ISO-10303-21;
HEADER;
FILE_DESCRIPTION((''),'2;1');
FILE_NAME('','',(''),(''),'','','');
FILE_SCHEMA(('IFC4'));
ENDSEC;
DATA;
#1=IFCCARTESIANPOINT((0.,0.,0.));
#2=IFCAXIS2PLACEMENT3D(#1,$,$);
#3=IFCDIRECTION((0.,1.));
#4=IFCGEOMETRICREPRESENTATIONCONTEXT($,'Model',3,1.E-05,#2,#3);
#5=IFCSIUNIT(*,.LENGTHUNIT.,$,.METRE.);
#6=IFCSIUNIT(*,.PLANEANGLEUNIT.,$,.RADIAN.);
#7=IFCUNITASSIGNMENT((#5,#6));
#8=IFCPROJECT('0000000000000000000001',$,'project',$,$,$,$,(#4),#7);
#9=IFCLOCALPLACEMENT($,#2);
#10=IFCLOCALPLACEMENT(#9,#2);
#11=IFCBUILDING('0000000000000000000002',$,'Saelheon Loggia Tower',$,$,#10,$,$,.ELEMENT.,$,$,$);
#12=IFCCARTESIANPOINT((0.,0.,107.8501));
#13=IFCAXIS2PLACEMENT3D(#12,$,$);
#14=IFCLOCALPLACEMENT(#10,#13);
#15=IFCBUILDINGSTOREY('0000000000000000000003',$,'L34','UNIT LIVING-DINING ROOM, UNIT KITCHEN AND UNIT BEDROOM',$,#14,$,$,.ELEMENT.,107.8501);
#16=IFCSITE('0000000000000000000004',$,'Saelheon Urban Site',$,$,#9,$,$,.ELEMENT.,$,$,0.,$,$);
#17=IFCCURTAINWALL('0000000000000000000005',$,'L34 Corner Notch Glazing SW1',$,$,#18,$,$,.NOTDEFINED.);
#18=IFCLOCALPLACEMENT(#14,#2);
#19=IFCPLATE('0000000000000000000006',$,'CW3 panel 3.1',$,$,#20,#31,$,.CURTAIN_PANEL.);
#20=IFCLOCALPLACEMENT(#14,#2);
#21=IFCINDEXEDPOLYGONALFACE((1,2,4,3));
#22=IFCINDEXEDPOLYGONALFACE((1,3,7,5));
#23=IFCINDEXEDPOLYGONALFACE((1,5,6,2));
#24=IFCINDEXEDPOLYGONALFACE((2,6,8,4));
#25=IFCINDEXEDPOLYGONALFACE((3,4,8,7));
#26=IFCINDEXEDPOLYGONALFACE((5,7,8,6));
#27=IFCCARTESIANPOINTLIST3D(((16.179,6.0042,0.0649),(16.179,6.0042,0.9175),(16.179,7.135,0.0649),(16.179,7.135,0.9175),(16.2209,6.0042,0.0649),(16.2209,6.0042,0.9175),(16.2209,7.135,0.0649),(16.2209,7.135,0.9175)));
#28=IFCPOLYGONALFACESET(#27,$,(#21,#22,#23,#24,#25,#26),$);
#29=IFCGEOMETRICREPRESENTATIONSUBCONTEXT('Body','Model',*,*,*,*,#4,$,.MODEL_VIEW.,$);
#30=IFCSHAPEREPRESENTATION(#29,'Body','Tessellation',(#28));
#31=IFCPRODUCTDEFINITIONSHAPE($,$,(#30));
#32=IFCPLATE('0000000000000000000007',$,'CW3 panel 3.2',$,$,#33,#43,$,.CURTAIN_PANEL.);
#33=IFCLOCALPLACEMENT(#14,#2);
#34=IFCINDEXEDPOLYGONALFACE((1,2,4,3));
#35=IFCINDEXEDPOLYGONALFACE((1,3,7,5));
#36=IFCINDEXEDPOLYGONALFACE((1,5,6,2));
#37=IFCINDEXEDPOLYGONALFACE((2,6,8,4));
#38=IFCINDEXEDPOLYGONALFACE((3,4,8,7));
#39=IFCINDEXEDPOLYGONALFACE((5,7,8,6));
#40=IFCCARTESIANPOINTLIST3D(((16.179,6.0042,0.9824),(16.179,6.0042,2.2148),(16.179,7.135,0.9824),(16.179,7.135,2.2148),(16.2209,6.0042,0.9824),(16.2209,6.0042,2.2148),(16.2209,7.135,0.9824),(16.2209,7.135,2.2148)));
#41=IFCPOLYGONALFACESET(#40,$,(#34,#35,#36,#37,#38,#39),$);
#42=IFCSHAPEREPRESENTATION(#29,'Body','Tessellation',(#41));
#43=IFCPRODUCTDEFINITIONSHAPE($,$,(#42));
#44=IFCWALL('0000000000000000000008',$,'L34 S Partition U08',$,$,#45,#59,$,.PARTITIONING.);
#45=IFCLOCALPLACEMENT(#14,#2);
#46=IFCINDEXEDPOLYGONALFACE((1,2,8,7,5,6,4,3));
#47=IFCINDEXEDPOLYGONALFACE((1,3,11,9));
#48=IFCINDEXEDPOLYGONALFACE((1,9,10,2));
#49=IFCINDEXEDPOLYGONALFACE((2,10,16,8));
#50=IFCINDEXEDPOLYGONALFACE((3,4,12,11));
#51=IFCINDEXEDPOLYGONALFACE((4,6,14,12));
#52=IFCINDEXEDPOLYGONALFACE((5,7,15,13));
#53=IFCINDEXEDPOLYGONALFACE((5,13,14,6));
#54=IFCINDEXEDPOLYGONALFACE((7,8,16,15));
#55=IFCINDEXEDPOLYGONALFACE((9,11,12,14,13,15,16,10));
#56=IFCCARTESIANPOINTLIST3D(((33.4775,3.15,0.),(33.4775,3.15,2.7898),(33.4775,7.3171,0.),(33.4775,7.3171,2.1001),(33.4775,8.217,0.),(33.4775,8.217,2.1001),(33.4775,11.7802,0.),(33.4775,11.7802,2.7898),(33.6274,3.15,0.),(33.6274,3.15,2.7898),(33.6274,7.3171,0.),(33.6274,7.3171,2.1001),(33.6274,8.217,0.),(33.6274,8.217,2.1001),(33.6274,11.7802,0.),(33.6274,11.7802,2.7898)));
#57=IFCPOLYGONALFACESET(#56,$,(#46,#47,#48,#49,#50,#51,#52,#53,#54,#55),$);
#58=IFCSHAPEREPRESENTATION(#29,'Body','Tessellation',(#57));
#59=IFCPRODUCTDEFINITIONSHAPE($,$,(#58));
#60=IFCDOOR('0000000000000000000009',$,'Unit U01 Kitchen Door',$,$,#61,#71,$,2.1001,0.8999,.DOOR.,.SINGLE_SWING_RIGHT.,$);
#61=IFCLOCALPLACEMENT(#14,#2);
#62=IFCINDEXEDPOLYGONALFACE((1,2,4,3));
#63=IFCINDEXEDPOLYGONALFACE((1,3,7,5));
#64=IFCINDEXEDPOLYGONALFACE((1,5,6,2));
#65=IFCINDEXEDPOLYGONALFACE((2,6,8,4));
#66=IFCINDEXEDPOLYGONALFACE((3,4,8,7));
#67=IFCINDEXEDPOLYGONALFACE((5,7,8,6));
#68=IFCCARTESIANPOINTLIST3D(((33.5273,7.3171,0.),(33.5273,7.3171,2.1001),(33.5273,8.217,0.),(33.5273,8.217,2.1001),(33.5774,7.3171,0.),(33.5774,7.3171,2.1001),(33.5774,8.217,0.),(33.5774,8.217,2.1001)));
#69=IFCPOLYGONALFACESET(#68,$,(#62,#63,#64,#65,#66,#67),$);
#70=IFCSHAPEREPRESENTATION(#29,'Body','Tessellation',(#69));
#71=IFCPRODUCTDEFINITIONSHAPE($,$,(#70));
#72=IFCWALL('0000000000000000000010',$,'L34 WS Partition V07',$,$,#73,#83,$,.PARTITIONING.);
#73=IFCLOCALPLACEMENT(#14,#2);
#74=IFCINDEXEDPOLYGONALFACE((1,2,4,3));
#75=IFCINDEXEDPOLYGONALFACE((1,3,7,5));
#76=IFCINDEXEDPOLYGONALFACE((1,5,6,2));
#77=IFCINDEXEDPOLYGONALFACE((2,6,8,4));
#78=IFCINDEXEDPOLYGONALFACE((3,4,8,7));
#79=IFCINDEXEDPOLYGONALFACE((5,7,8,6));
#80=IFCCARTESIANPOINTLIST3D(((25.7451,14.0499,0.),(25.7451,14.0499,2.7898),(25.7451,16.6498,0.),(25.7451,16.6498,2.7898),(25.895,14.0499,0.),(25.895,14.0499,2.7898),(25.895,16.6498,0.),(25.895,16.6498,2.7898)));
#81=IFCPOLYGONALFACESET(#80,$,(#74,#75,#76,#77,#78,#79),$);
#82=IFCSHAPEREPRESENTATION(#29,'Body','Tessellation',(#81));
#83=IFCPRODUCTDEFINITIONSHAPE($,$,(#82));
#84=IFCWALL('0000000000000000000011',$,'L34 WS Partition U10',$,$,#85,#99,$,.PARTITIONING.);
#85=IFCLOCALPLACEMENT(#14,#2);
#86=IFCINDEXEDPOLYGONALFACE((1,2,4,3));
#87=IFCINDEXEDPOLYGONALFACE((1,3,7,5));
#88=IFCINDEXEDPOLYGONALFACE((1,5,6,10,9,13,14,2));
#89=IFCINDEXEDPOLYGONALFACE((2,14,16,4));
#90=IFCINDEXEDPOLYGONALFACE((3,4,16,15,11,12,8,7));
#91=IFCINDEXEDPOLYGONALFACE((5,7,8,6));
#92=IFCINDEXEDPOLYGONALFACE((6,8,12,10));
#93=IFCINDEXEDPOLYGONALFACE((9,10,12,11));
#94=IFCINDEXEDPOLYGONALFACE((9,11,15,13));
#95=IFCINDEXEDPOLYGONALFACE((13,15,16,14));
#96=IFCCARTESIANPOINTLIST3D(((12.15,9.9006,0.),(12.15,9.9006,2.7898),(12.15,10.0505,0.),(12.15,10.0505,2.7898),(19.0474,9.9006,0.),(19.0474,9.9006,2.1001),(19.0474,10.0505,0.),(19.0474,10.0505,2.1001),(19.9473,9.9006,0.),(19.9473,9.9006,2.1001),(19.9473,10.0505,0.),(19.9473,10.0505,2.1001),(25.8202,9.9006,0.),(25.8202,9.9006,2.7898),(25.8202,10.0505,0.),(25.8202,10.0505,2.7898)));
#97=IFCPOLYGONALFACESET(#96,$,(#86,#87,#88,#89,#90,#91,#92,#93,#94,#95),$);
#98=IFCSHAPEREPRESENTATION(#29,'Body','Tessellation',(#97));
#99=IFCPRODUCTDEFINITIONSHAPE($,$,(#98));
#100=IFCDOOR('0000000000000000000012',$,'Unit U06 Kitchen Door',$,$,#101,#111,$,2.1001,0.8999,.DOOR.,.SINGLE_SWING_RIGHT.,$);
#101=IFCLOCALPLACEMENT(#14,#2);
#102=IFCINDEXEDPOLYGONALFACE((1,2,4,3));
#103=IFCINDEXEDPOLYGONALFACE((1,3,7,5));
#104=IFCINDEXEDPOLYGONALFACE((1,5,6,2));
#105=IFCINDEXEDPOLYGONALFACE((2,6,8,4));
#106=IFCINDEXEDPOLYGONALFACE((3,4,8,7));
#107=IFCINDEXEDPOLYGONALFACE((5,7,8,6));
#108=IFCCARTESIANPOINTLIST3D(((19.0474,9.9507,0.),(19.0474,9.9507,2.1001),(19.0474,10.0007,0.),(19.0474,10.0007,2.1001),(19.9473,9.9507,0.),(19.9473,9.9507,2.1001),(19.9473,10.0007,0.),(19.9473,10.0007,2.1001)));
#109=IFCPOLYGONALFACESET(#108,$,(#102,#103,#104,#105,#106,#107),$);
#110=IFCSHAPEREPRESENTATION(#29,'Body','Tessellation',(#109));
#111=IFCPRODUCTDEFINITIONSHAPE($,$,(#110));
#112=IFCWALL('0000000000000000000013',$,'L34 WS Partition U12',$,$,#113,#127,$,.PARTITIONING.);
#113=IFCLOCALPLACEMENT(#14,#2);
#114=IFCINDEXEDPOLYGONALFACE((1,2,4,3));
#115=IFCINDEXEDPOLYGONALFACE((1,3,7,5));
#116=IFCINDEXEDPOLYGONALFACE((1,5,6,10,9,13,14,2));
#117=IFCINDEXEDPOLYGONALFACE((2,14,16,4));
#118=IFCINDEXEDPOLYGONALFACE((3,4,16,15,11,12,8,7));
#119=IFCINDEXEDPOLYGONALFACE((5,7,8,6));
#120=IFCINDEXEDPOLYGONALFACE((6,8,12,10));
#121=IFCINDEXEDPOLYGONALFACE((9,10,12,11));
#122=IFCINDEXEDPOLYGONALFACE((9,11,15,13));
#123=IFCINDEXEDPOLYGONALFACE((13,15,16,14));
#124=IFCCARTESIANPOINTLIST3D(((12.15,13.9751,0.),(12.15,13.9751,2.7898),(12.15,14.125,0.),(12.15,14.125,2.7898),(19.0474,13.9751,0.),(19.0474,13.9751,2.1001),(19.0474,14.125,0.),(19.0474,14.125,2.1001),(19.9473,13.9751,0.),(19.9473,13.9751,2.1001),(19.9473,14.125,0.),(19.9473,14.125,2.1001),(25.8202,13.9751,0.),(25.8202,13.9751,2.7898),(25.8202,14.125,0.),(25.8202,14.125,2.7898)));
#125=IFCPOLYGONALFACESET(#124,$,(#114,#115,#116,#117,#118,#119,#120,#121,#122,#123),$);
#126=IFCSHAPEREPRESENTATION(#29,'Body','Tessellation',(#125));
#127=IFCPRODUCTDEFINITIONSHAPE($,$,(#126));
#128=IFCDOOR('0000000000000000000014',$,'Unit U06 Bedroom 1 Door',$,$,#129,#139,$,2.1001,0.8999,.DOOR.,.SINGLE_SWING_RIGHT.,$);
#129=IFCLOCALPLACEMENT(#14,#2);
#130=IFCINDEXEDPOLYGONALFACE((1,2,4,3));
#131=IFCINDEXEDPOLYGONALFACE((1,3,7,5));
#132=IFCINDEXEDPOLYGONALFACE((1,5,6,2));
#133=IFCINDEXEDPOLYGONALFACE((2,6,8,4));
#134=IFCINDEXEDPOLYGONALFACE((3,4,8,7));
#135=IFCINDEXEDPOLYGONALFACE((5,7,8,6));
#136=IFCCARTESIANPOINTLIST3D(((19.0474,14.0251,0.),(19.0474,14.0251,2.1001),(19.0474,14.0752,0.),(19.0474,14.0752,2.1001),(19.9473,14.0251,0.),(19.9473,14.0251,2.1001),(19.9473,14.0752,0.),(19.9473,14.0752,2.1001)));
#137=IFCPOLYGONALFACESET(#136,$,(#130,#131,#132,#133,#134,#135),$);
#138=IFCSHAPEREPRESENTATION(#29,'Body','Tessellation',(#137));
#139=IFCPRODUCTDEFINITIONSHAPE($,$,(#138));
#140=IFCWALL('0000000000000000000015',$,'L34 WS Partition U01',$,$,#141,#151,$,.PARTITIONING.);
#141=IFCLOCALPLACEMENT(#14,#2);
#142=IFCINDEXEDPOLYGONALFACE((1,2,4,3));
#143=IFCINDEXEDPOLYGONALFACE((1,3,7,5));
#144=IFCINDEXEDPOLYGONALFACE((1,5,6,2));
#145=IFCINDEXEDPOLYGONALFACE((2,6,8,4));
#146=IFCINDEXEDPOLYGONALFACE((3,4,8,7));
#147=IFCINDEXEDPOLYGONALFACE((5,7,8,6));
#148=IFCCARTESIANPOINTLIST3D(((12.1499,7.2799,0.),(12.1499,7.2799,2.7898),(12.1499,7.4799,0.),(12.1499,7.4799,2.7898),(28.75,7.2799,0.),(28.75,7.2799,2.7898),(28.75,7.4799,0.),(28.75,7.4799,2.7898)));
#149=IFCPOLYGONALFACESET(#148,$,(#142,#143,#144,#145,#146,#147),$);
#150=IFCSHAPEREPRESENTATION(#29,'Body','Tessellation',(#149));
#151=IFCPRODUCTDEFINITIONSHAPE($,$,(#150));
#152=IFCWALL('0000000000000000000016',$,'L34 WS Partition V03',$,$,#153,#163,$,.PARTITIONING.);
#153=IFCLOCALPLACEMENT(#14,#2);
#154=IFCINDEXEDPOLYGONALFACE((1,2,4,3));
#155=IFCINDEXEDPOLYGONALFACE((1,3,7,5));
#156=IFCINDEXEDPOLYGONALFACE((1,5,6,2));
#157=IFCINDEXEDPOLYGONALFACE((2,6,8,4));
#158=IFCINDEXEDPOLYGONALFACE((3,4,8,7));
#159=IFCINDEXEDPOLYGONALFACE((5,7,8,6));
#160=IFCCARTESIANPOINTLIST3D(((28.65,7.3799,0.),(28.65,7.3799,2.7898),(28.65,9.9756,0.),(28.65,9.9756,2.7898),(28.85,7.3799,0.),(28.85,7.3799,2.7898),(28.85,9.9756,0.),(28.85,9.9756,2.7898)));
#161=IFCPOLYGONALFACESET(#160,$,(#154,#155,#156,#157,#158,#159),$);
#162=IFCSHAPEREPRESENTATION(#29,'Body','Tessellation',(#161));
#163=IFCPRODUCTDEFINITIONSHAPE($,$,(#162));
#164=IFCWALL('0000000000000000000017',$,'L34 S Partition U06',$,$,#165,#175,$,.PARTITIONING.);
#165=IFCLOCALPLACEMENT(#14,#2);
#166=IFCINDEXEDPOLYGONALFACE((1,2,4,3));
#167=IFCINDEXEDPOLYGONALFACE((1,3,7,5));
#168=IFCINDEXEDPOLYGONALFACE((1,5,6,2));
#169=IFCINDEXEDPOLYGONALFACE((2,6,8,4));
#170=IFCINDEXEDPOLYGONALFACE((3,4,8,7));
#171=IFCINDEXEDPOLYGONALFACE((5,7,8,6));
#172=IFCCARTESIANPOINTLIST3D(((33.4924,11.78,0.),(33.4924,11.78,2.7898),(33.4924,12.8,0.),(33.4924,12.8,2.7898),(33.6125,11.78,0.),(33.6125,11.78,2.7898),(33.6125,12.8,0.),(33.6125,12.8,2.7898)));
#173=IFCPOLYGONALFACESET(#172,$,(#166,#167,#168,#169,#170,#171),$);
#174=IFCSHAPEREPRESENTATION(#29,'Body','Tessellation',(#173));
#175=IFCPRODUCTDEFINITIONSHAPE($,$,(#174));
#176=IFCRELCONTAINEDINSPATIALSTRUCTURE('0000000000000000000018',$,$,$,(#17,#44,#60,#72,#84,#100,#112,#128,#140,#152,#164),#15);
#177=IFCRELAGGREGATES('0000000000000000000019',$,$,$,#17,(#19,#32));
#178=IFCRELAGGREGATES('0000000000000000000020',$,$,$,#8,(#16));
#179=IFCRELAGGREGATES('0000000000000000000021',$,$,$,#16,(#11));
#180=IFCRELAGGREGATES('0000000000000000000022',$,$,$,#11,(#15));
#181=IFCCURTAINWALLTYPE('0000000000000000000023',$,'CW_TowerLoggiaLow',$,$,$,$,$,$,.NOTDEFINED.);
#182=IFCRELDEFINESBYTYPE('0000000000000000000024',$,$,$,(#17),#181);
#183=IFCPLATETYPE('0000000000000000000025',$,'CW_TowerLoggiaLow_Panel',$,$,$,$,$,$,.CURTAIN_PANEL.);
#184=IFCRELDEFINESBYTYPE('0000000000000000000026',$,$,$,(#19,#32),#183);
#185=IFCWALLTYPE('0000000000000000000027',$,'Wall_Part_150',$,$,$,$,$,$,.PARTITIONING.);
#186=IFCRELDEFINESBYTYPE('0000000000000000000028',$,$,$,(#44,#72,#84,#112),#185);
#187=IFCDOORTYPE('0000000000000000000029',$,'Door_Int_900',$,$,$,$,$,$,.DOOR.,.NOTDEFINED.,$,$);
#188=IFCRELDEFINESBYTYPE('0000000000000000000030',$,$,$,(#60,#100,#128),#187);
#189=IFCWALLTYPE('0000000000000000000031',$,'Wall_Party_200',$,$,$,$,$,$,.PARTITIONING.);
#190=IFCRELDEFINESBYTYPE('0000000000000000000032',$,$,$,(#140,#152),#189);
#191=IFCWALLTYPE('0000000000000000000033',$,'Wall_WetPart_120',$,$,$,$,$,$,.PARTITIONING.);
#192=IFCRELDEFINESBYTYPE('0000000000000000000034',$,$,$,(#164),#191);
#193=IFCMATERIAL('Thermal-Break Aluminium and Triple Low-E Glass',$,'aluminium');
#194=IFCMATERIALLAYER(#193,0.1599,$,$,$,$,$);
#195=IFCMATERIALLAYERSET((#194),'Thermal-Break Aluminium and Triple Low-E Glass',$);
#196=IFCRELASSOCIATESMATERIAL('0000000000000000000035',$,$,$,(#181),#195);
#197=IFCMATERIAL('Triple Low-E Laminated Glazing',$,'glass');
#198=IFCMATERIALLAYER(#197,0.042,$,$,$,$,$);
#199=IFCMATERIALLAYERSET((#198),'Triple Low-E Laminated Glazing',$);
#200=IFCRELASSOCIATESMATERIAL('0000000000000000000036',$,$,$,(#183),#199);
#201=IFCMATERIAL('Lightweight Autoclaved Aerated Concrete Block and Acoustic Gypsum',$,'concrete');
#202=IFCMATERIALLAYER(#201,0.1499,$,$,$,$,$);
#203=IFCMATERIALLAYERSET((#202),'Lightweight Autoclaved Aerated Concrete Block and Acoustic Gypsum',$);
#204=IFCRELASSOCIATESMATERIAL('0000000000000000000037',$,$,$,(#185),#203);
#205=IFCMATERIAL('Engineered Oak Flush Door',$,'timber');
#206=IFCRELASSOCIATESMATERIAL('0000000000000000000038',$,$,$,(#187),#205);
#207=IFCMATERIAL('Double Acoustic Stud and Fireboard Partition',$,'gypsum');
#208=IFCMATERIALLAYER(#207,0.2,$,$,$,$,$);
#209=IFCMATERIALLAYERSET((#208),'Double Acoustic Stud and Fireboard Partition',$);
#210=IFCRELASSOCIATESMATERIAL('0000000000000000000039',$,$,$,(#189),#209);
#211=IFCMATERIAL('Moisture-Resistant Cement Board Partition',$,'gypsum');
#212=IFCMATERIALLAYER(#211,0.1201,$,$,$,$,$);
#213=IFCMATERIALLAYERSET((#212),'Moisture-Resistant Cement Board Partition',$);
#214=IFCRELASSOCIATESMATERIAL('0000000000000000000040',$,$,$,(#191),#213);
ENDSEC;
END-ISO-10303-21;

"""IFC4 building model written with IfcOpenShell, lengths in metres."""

from ifc_helpers import new_model, si_unit, direction, frame, frame_2d, origin, origin_2d, place, context, subcontext, project, spatial, rectangle, extrude, source, transform, mapped, material, layer, layer_set, type_object, element, fill, aggregate, save


model = new_model("IFC4")

# Units and contexts
model_context = context("Model", 3, precision=1e-05, world=origin(), true_north=direction((0.0, 1.0)))
body_context = subcontext(model_context, "Body", "Model", "MODEL_VIEW")
ifc_project = project(units=[si_unit("LENGTHUNIT", "METRE"), si_unit("PLANEANGLEUNIT", "RADIAN")], contexts=[model_context])

# Site, building, storey
site_placement = place(None, origin())
site = spatial("IfcSite", under=ifc_project, at=site_placement, Name="Saelheon Urban Site", CompositionType="ELEMENT", RefElevation=0.0)
building_placement = place(site_placement, origin())
building = spatial("IfcBuilding", under=site, at=building_placement, Name="Saelheon Loggia Tower", CompositionType="ELEMENT")
storey_placement = place(building_placement, frame((0.0, 0.0, 107.8501)))
storey = spatial("IfcBuildingStorey", under=building, at=storey_placement, Name="L34", Description="UNIT LIVING-DINING ROOM, UNIT KITCHEN AND UNIT BEDROOM", CompositionType="ELEMENT", Elevation=107.8501)

# Curtain wall, plates
ifc_material_1 = material(Name="Thermal-Break Aluminium and Triple Low-E Glass", Category="aluminium")
ifc_layer_1 = layer(ifc_material_1, 0.1599)
ifc_layer_set_1 = layer_set([ifc_layer_1], Name="Thermal-Break Aluminium and Triple Low-E Glass")
curtain_wall_type = type_object("IfcCurtainWallType", Name="CW_TowerLoggiaLow", PredefinedType="NOTDEFINED", material=ifc_layer_set_1)
curtain_wall_placement = place(storey_placement, origin())
curtain_wall = element("IfcCurtainWall", 1, at=curtain_wall_placement, inside=storey, type_object=curtain_wall_type, Name="L34 Corner Notch Glazing SW1", PredefinedType="NOTDEFINED")
ifc_material_2 = material(Name="Triple Low-E Laminated Glazing", Category="glass")
ifc_layer_2 = layer(ifc_material_2, 0.042)
ifc_layer_set_2 = layer_set([ifc_layer_2], Name="Triple Low-E Laminated Glazing")
plate_type = type_object("IfcPlateType", Name="CW_TowerLoggiaLow_Panel", PredefinedType="CURTAIN_PANEL", material=ifc_layer_set_2)
shared_shape_1 = source(origin(), body_context, "Body", "SweptSolid", [
    extrude(rectangle(XDim=1.1309, YDim=0.042, at=origin_2d()), origin(), (0.0, 0.0, 1.0), 0.8525),
])
plate_1_placement = place(storey_placement, frame((16.2, 6.5696, 0.0649), z_axis=(0.0, 0.0, 1.0), x_axis=(0.0, 1.0, 0.0)))
plate_1 = element("IfcPlate", 2, at=plate_1_placement, type_object=plate_type, Name="CW3 panel 3.1", PredefinedType="CURTAIN_PANEL", context=body_context, shape_type="MappedRepresentation", body=[
    mapped(shared_shape_1, transform((0.0, 0.0, 0.0), scale=1.0)),
])
shared_shape_2 = source(origin(), body_context, "Body", "SweptSolid", [
    extrude(rectangle(XDim=1.1309, YDim=0.042, at=origin_2d()), origin(), (0.0, 0.0, 1.0), 1.2324),
])
plate_2_placement = place(storey_placement, frame((16.2, 6.5696, 0.9824), z_axis=(0.0, 0.0, 1.0), x_axis=(0.0, 1.0, 0.0)))
plate_2 = element("IfcPlate", 3, at=plate_2_placement, type_object=plate_type, Name="CW3 panel 3.2", PredefinedType="CURTAIN_PANEL", context=body_context, shape_type="MappedRepresentation", body=[
    mapped(shared_shape_2, transform((0.0, 0.0, 0.0), scale=1.0)),
])
aggregate(curtain_wall, [plate_1, plate_2])

# Wall, opening, door
ifc_material_3 = material(Name="Lightweight Autoclaved Aerated Concrete Block and Acoustic Gypsum", Category="concrete")
ifc_layer_3 = layer(ifc_material_3, 0.1499)
ifc_layer_set_3 = layer_set([ifc_layer_3], Name="Lightweight Autoclaved Aerated Concrete Block and Acoustic Gypsum")
wall_type_1 = type_object("IfcWallType", Name="Wall_Part_150", PredefinedType="PARTITIONING", material=ifc_layer_set_3)
wall_1_placement = place(storey_placement, frame((33.5525, 11.78, 0.0), z_axis=(0.0, 0.0, 1.0), x_axis=(0.0, -1.0, 0.0)))
wall_1 = element("IfcWall", 4, at=wall_1_placement, inside=storey, type_object=wall_type_1, Name="L34 S Partition U08", PredefinedType="PARTITIONING", context=body_context, shape_type="SweptSolid", body=[
    extrude(rectangle(XDim=8.6301, YDim=0.1499, at=frame_2d((4.3149, 0.0))), origin(), (0.0, 0.0, 1.0), 2.7898),
])
opening_1_placement = place(wall_1_placement, frame((3.563, 0.0, 0.0)))
opening_1 = element("IfcOpeningElement", 5, at=opening_1_placement, cuts=wall_1, PredefinedType="OPENING", context=body_context, shape_type="SweptSolid", body=[
    extrude(rectangle(XDim=0.8999, YDim=2.1001, at=frame_2d((0.45, 1.05))), frame((0.0, 0.0869, 0.0), z_axis=(0.0, -1.0, 0.0), x_axis=(1.0, 0.0, 0.0)), (0.0, 0.0, 1.0), 0.1738),
])
ifc_material_4 = material(Name="Engineered Oak Flush Door", Category="timber")
door_type_1 = type_object("IfcDoorType", Name="Door_Int_900", OperationType="NOTDEFINED", PredefinedType="DOOR", material=ifc_material_4)
shared_shape_3 = source(origin(), body_context, "Body", "SweptSolid", [
    extrude(rectangle(XDim=0.8999, YDim=2.1001, at=frame_2d((0.45, 1.05))), frame((0.0, 0.0249, 0.0), z_axis=(0.0, -1.0, 0.0), x_axis=(1.0, 0.0, 0.0)), (0.0, 0.0, 1.0), 0.05),
])
door_1_placement = place(opening_1_placement, origin())
door_1 = element("IfcDoor", 6, at=door_1_placement, inside=storey, type_object=door_type_1, Name="Unit U01 Kitchen Door", OperationType="SINGLE_SWING_RIGHT", OverallHeight=2.1001, OverallWidth=0.8999, PredefinedType="DOOR", context=body_context, shape_type="MappedRepresentation", body=[
    mapped(shared_shape_3, transform((0.0, 0.0, 0.0), scale=1.0)),
])
fill(opening_1, door_1)

# Wall
wall_2_placement = place(storey_placement, frame((25.8201, 14.05, 0.0), z_axis=(0.0, 0.0, 1.0), x_axis=(0.0, 1.0, 0.0)))
element("IfcWall", 7, at=wall_2_placement, inside=storey, type_object=wall_type_1, Name="L34 WS Partition V07", PredefinedType="PARTITIONING", context=body_context, shape_type="SweptSolid", body=[
    extrude(rectangle(XDim=2.5999, YDim=0.1499, at=frame_2d((1.2998, 0.0))), origin(), (0.0, 0.0, 1.0), 2.7898),
])

# Walls, openings, doors
wall_3_placement = place(storey_placement, frame((25.8201, 9.9756, 0.0), z_axis=(0.0, 0.0, 1.0), x_axis=(-1.0, 0.0, 0.0)))
wall_3 = element("IfcWall", 8, at=wall_3_placement, inside=storey, type_object=wall_type_1, Name="L34 WS Partition U10", PredefinedType="PARTITIONING", context=body_context, shape_type="SweptSolid", body=[
    extrude(rectangle(XDim=13.6702, YDim=0.1499, at=frame_2d((6.835, 0.0))), origin(), (0.0, 0.0, 1.0), 2.7898),
])
opening_2_placement = place(wall_3_placement, frame((5.8728, 0.0, 0.0)))
opening_2 = element("IfcOpeningElement", 9, at=opening_2_placement, cuts=wall_3, PredefinedType="OPENING", context=body_context, shape_type="SweptSolid", body=[
    extrude(rectangle(XDim=0.8999, YDim=2.1001, at=frame_2d((0.45, 1.05))), frame((0.0, 0.0869, 0.0), z_axis=(0.0, -1.0, 0.0), x_axis=(1.0, 0.0, 0.0)), (0.0, 0.0, 1.0), 0.1738),
])
door_2_placement = place(opening_2_placement, origin())
door_2 = element("IfcDoor", 10, at=door_2_placement, inside=storey, type_object=door_type_1, Name="Unit U06 Kitchen Door", OperationType="SINGLE_SWING_RIGHT", OverallHeight=2.1001, OverallWidth=0.8999, PredefinedType="DOOR", context=body_context, shape_type="MappedRepresentation", body=[
    mapped(shared_shape_3, transform((0.0, 0.0, 0.0), scale=1.0)),
])
fill(opening_2, door_2)
wall_4_placement = place(storey_placement, frame((25.8201, 14.05, 0.0), z_axis=(0.0, 0.0, 1.0), x_axis=(-1.0, 0.0, 0.0)))
wall_4 = element("IfcWall", 11, at=wall_4_placement, inside=storey, type_object=wall_type_1, Name="L34 WS Partition U12", PredefinedType="PARTITIONING", context=body_context, shape_type="SweptSolid", body=[
    extrude(rectangle(XDim=13.6702, YDim=0.1499, at=frame_2d((6.835, 0.0))), origin(), (0.0, 0.0, 1.0), 2.7898),
])
opening_3_placement = place(wall_4_placement, frame((5.8728, 0.0, 0.0)))
opening_3 = element("IfcOpeningElement", 12, at=opening_3_placement, cuts=wall_4, PredefinedType="OPENING", context=body_context, shape_type="SweptSolid", body=[
    extrude(rectangle(XDim=0.8999, YDim=2.1001, at=frame_2d((0.45, 1.05))), frame((0.0, 0.0869, 0.0), z_axis=(0.0, -1.0, 0.0), x_axis=(1.0, 0.0, 0.0)), (0.0, 0.0, 1.0), 0.1738),
])
door_3_placement = place(opening_3_placement, origin())
door_3 = element("IfcDoor", 13, at=door_3_placement, inside=storey, type_object=door_type_1, Name="Unit U06 Bedroom 1 Door", OperationType="SINGLE_SWING_RIGHT", OverallHeight=2.1001, OverallWidth=0.8999, PredefinedType="DOOR", context=body_context, shape_type="MappedRepresentation", body=[
    mapped(shared_shape_3, transform((0.0, 0.0, 0.0), scale=1.0)),
])
fill(opening_3, door_3)

# Walls
ifc_material_5 = material(Name="Double Acoustic Stud and Fireboard Partition", Category="gypsum")
ifc_layer_4 = layer(ifc_material_5, 0.2)
ifc_layer_set_4 = layer_set([ifc_layer_4], Name="Double Acoustic Stud and Fireboard Partition")
wall_type_2 = type_object("IfcWallType", Name="Wall_Party_200", PredefinedType="PARTITIONING", material=ifc_layer_set_4)
wall_5_placement = place(storey_placement, frame((28.75, 7.3799, 0.0), z_axis=(0.0, 0.0, 1.0), x_axis=(-1.0, 0.0, 0.0)))
element("IfcWall", 14, at=wall_5_placement, inside=storey, type_object=wall_type_2, Name="L34 WS Partition U01", PredefinedType="PARTITIONING", context=body_context, shape_type="SweptSolid", body=[
    extrude(rectangle(XDim=16.6001, YDim=0.2, at=frame_2d((8.3, 0.0))), origin(), (0.0, 0.0, 1.0), 2.7898),
])
wall_6_placement = place(storey_placement, frame((28.75, 7.3799, 0.0), z_axis=(0.0, 0.0, 1.0), x_axis=(0.0, 1.0, 0.0)))
element("IfcWall", 15, at=wall_6_placement, inside=storey, type_object=wall_type_2, Name="L34 WS Partition V03", PredefinedType="PARTITIONING", context=body_context, shape_type="SweptSolid", body=[
    extrude(rectangle(XDim=2.5957, YDim=0.2, at=frame_2d((1.2979, 0.0))), origin(), (0.0, 0.0, 1.0), 2.7898),
])

# Wall
ifc_material_6 = material(Name="Moisture-Resistant Cement Board Partition", Category="gypsum")
ifc_layer_5 = layer(ifc_material_6, 0.1201)
ifc_layer_set_5 = layer_set([ifc_layer_5], Name="Moisture-Resistant Cement Board Partition")
wall_type_3 = type_object("IfcWallType", Name="Wall_WetPart_120", PredefinedType="PARTITIONING", material=ifc_layer_set_5)
wall_7_placement = place(storey_placement, frame((33.5525, 12.8, 0.0), z_axis=(0.0, 0.0, 1.0), x_axis=(0.0, -1.0, 0.0)))
element("IfcWall", 16, at=wall_7_placement, inside=storey, type_object=wall_type_3, Name="L34 S Partition U06", PredefinedType="PARTITIONING", context=body_context, shape_type="SweptSolid", body=[
    extrude(rectangle(XDim=1.02, YDim=0.1201, at=frame_2d((0.51, 0.0))), origin(), (0.0, 0.0, 1.0), 2.7898),
])

save(model, "model.ifc")
